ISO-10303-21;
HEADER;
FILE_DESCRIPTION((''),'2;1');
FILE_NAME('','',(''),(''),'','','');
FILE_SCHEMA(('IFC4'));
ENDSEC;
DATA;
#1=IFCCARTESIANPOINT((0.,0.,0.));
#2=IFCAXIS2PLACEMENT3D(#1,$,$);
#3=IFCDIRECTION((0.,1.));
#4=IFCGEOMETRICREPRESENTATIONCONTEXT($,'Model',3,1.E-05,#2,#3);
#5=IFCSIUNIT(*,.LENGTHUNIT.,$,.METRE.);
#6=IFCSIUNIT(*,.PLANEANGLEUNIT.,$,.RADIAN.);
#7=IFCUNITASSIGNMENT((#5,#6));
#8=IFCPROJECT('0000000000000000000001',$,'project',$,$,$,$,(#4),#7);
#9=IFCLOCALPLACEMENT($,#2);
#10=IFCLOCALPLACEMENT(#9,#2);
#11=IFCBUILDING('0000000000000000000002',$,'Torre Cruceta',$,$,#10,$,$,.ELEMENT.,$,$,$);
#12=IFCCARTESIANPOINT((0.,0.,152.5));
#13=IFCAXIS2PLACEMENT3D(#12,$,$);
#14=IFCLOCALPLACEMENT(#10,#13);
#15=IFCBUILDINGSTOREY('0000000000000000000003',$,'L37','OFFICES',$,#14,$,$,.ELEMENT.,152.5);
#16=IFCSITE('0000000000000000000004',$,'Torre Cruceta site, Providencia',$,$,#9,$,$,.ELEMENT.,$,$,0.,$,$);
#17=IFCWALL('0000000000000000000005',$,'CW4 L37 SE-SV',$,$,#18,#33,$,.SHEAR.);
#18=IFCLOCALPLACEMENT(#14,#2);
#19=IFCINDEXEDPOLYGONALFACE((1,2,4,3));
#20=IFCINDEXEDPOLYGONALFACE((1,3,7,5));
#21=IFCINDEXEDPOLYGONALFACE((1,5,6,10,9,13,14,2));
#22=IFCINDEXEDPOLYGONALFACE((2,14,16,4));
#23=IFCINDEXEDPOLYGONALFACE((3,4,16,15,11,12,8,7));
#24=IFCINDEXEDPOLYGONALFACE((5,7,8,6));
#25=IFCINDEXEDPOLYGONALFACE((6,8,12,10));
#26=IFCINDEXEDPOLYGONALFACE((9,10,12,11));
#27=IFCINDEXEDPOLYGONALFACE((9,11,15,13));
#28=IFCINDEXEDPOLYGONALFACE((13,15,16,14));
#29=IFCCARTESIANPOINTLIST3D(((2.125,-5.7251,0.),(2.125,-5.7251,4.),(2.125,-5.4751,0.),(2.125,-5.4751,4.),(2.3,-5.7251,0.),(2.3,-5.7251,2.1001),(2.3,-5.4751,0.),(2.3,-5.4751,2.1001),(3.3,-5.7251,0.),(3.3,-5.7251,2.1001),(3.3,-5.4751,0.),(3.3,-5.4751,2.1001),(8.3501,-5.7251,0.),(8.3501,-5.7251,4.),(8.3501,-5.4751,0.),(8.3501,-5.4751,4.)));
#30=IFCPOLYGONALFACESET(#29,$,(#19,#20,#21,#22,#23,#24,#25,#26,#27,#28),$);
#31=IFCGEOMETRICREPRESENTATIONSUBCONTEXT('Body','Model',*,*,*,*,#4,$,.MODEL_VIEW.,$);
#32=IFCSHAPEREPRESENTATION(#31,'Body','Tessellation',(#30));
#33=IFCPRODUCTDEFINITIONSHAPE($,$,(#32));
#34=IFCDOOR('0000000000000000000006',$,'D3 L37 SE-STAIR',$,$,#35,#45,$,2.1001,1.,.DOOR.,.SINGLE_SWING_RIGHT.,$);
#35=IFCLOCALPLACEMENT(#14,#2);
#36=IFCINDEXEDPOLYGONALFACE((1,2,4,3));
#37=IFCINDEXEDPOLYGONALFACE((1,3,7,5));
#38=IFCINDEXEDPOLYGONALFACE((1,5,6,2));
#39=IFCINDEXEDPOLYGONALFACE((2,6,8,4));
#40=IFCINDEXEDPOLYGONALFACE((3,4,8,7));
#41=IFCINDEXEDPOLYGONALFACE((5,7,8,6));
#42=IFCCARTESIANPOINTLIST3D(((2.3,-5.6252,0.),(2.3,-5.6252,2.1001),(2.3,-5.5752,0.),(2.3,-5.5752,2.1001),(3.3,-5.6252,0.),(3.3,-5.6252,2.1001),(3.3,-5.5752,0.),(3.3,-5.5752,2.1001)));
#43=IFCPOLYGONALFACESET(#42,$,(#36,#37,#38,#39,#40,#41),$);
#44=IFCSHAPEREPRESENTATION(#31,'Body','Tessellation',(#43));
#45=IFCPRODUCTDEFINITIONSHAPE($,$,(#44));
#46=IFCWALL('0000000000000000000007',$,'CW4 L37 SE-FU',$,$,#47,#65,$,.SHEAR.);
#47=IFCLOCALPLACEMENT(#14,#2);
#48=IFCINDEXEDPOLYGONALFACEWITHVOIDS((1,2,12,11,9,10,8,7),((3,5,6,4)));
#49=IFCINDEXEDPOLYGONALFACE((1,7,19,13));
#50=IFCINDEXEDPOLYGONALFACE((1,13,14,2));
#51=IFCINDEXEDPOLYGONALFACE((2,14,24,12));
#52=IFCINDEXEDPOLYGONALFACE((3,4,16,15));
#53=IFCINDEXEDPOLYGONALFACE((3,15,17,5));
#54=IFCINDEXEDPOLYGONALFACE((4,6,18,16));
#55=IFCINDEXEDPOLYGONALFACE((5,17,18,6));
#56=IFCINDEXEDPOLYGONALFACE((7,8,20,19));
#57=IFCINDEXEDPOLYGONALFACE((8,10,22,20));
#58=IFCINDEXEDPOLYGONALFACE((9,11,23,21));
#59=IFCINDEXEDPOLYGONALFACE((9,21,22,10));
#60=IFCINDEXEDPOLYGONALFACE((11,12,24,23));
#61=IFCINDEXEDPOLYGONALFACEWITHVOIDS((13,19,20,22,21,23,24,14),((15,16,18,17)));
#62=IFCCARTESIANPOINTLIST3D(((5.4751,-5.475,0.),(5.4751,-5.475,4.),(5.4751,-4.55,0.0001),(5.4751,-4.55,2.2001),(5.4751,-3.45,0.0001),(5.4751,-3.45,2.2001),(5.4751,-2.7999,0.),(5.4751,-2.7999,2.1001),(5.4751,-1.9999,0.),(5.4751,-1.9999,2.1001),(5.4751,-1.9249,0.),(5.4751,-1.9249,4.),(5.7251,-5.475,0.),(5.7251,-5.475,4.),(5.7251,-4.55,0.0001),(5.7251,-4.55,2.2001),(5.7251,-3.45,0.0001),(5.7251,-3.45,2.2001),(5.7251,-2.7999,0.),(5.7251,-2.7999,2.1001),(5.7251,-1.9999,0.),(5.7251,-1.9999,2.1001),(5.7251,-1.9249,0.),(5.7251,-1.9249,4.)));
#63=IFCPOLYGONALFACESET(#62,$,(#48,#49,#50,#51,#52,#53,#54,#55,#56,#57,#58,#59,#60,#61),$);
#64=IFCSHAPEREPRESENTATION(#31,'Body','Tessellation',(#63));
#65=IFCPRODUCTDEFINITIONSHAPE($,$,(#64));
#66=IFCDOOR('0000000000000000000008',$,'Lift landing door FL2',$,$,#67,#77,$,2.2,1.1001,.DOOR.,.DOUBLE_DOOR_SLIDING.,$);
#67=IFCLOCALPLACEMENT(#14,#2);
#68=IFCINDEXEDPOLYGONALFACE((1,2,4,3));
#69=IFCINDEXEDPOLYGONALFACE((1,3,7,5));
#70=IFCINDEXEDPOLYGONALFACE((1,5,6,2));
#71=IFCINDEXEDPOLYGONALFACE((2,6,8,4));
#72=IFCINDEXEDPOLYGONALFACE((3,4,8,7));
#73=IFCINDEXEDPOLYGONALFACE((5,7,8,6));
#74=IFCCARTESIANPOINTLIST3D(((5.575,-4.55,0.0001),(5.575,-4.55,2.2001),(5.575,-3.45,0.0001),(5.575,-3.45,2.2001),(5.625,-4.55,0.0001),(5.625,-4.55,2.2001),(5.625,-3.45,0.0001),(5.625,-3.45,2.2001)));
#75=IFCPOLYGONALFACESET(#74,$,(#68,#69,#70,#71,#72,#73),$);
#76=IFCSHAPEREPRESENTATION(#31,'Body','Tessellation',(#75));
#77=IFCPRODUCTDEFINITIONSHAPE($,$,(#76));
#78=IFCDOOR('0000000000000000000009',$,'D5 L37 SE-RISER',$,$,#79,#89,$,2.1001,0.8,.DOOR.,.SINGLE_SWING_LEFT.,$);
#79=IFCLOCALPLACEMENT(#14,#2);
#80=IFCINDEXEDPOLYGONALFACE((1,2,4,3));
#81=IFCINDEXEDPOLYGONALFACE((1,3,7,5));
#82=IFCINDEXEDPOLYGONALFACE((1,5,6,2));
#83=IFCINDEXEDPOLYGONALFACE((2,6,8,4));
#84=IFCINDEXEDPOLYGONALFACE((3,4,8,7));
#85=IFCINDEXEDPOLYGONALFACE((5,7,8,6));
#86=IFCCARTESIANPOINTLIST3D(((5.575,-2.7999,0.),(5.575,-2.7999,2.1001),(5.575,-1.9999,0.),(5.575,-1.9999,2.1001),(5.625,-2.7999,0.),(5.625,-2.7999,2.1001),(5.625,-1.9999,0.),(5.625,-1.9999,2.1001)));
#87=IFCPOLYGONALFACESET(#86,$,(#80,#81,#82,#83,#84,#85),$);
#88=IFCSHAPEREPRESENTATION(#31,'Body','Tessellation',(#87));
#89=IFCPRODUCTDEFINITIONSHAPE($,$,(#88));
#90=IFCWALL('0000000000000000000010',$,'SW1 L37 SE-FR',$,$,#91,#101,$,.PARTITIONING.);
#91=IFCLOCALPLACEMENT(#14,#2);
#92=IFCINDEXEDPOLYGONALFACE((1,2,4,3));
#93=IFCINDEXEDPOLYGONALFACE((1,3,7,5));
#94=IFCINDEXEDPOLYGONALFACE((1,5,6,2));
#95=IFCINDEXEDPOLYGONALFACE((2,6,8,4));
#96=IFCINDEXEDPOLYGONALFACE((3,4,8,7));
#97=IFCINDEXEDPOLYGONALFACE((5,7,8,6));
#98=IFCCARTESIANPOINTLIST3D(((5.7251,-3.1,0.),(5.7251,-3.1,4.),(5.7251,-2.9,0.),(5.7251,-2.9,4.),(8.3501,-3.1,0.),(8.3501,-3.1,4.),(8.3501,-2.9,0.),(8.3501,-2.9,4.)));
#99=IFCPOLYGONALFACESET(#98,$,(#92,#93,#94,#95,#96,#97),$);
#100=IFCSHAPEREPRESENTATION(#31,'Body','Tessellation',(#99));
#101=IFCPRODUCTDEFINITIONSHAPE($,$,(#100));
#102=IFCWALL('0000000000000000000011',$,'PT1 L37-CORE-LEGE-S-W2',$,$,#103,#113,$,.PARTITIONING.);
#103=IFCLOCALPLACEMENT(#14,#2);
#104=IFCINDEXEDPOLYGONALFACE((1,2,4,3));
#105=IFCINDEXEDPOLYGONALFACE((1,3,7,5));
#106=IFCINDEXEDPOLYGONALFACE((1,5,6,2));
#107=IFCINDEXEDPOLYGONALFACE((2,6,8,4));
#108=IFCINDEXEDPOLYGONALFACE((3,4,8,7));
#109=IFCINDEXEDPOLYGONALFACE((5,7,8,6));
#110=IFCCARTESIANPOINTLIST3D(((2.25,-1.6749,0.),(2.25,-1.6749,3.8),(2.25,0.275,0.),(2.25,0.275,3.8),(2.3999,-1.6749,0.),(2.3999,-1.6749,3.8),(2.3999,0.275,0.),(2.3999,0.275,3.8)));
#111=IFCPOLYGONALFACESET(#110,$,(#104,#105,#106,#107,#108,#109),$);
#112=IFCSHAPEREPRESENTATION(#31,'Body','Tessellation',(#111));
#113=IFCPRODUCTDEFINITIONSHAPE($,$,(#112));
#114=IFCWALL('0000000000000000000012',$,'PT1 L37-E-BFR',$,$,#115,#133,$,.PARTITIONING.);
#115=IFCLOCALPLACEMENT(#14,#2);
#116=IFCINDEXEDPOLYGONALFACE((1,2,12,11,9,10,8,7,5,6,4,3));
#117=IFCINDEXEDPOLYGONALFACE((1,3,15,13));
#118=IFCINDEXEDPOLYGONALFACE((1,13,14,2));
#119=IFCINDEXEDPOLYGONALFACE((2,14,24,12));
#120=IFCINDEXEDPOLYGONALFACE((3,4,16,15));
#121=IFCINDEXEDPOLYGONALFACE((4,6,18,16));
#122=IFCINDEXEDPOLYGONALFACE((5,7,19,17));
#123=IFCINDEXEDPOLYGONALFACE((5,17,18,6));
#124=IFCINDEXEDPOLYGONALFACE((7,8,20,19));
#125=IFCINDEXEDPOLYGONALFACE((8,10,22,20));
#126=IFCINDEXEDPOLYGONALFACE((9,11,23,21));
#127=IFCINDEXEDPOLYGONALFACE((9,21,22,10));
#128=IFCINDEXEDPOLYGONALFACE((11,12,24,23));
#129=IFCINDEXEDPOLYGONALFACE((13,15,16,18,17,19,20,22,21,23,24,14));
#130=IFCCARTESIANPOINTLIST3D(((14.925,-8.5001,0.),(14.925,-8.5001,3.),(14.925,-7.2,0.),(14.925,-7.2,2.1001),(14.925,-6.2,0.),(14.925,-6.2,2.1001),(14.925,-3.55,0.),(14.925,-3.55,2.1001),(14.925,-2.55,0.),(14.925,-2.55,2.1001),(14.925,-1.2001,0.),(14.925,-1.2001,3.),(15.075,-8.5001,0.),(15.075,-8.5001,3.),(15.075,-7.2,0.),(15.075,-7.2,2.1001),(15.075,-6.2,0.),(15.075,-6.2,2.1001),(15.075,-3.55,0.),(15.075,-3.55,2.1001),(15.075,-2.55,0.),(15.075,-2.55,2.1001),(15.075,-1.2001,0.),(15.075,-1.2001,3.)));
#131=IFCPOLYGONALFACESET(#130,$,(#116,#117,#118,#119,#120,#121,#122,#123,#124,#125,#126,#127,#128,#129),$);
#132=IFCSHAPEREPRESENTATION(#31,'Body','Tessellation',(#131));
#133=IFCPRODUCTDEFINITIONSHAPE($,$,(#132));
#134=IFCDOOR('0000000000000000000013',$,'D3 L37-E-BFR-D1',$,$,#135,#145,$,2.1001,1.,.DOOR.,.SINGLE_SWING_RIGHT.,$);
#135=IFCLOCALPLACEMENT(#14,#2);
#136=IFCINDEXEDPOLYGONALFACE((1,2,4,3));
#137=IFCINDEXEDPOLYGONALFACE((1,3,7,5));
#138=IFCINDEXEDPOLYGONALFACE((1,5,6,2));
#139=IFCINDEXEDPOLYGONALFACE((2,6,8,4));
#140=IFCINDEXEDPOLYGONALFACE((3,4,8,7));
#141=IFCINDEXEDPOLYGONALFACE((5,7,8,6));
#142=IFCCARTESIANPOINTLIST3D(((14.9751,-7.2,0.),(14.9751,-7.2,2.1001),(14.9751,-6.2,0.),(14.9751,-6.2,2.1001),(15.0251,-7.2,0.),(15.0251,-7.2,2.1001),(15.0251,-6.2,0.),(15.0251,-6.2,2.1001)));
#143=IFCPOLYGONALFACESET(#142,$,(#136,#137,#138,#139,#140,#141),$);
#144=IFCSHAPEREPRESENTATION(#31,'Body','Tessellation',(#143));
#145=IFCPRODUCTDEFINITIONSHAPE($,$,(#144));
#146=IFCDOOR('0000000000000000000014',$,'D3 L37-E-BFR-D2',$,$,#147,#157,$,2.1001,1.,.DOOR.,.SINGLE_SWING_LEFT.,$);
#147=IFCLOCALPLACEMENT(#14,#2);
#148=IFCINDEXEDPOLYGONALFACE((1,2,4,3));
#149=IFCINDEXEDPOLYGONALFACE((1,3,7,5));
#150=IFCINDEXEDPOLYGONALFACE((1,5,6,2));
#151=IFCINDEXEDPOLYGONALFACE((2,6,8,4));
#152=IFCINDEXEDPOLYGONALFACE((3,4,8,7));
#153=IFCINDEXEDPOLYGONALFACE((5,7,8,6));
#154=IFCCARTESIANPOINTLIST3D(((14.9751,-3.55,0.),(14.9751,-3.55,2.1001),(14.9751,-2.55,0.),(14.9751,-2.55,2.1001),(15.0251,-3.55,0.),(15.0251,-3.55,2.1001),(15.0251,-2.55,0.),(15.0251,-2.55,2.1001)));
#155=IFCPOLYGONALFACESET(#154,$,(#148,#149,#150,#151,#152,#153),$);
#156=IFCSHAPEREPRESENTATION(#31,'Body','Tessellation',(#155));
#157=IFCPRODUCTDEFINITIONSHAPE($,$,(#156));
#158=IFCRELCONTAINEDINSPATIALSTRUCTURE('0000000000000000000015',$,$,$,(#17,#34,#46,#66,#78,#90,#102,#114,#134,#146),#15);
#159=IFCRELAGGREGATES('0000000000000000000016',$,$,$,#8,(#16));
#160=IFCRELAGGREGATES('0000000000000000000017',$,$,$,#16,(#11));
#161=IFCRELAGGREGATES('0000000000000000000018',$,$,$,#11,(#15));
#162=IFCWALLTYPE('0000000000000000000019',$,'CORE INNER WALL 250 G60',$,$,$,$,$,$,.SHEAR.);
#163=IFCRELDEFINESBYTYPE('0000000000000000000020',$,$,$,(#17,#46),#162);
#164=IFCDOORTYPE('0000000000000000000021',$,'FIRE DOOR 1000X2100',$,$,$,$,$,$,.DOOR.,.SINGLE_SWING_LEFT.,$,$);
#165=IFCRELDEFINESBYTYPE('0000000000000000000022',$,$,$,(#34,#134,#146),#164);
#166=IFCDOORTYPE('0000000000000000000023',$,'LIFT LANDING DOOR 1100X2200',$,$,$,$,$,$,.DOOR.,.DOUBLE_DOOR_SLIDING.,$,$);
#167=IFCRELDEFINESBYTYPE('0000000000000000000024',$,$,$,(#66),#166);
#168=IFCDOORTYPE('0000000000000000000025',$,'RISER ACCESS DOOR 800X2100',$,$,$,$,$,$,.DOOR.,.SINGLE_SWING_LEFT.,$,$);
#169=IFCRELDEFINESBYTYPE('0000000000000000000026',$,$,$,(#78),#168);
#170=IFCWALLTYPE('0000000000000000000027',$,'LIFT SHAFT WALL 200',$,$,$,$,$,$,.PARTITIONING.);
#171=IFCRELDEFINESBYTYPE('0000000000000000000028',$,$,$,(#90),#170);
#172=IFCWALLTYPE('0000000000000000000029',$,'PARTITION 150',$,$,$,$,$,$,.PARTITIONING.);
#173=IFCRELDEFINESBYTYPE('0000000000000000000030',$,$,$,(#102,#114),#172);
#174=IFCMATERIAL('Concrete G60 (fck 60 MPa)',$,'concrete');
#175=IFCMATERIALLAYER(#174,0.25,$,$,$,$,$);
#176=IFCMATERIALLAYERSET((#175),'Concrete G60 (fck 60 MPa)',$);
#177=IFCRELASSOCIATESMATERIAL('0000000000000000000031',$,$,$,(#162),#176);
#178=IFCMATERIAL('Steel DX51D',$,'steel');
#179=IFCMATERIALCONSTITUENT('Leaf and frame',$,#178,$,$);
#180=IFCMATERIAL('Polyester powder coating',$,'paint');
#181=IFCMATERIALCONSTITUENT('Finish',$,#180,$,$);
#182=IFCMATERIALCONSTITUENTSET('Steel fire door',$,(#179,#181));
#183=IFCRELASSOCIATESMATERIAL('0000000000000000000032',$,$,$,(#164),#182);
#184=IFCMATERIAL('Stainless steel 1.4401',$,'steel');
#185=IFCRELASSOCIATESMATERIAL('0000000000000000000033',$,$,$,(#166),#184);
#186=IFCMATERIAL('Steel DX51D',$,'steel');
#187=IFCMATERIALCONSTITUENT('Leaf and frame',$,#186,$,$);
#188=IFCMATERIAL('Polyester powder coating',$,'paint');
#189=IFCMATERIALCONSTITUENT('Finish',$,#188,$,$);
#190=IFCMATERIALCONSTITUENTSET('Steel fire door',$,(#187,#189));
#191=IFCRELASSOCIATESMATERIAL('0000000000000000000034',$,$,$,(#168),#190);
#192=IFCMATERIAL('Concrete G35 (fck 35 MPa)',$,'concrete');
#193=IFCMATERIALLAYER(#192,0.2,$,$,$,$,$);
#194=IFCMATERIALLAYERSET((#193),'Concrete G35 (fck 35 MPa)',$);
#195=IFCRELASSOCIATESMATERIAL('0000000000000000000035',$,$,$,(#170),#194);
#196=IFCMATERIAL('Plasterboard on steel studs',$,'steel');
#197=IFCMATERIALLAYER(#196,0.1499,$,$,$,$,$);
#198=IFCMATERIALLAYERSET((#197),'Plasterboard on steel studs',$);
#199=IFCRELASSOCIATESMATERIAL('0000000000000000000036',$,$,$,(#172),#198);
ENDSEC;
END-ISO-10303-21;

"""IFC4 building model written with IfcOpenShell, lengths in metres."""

from ifc_helpers import new_model, si_unit, direction, frame, frame_2d, origin, place, context, subcontext, project, spatial, rectangle, extrude, material, layer, layer_set, constituent, constituent_set, type_object, element, fill, save


model = new_model("IFC4")

# Units and contexts
model_context = context("Model", 3, precision=1e-05, world=origin(), true_north=direction((0.0, 1.0)))
body_context = subcontext(model_context, "Body", "Model", "MODEL_VIEW")
ifc_project = project(units=[si_unit("LENGTHUNIT", "METRE"), si_unit("PLANEANGLEUNIT", "RADIAN")], contexts=[model_context])

# Site, building, storey
site_placement = place(None, origin())
site = spatial("IfcSite", under=ifc_project, at=site_placement, Name="Torre Cruceta site, Providencia", CompositionType="ELEMENT", RefElevation=0.0)
building_placement = place(site_placement, origin())
building = spatial("IfcBuilding", under=site, at=building_placement, Name="Torre Cruceta", CompositionType="ELEMENT")
storey_placement = place(building_placement, frame((0.0, 0.0, 152.5)))
storey = spatial("IfcBuildingStorey", under=building, at=storey_placement, Name="L37", Description="OFFICES", CompositionType="ELEMENT", Elevation=152.5)

# Shared definitions
ifc_material_1 = material(Name="Concrete G60 (fck 60 MPa)", Category="concrete")
ifc_layer_1 = layer(ifc_material_1, 0.25)
ifc_layer_set_1 = layer_set([ifc_layer_1], Name="Concrete G60 (fck 60 MPa)")
wall_type_1 = type_object("IfcWallType", Name="CORE INNER WALL 250 G60", PredefinedType="SHEAR", material=ifc_layer_set_1)
ifc_material_2 = material(Name="Steel DX51D", Category="steel")
ifc_constituent_1 = constituent(ifc_material_2, Name="Leaf and frame")
ifc_material_3 = material(Name="Polyester powder coating", Category="paint")
ifc_constituent_2 = constituent(ifc_material_3, Name="Finish")
ifc_constituent_set_1 = constituent_set(constituents=[ifc_constituent_1, ifc_constituent_2], Name="Steel fire door")
door_type_1 = type_object("IfcDoorType", Name="FIRE DOOR 1000X2100", OperationType="SINGLE_SWING_LEFT", PredefinedType="DOOR", material=ifc_constituent_set_1)

# Wall, opening, door
wall_1_placement = place(storey_placement, frame((2.125, -5.6001, 0.0), z_axis=(0.0, 0.0, 1.0), x_axis=(1.0, 0.0, 0.0)))
wall_1 = element("IfcWall", 1, at=wall_1_placement, inside=storey, type_object=wall_type_1, Name="CW4 L37 SE-SV", PredefinedType="SHEAR", context=body_context, shape_type="SweptSolid", body=[
    extrude(rectangle(XDim=6.2251, YDim=0.25, at=frame_2d((3.1125, 0.0))), origin(), (0.0, 0.0, 1.0), 4.0),
])
opening_1_placement = place(wall_1_placement, frame((0.175, 0.0, 0.0)))
opening_1 = element("IfcOpeningElement", 2, at=opening_1_placement, cuts=wall_1, PredefinedType="OPENING", context=body_context, shape_type="SweptSolid", body=[
    extrude(rectangle(XDim=1.0, YDim=2.1001, at=frame_2d((0.5, 1.05))), frame((0.0, 0.135, 0.0), z_axis=(0.0, -1.0, 0.0), x_axis=(1.0, 0.0, 0.0)), (0.0, 0.0, 1.0), 0.27),
])
door_1_placement = place(opening_1_placement, frame((1.0, 0.0, 0.0), z_axis=(0.0, 0.0, 1.0), x_axis=(-1.0, 0.0, 0.0)))
door_1 = element("IfcDoor", 3, at=door_1_placement, inside=storey, type_object=door_type_1, Name="D3 L37 SE-STAIR", OperationType="SINGLE_SWING_RIGHT", OverallHeight=2.1001, OverallWidth=1.0, PredefinedType="DOOR", context=body_context, shape_type="SweptSolid", body=[
    extrude(rectangle(XDim=1.0, YDim=2.1001, at=frame_2d((0.5, 1.05))), frame((0.0, 0.0251, 0.0), z_axis=(0.0, -1.0, 0.0), x_axis=(1.0, 0.0, 0.0)), (0.0, 0.0, 1.0), 0.05),
])
fill(opening_1, door_1)

# Wall, openings, doors
wall_2_placement = place(storey_placement, frame((5.6001, -1.925, 0.0), z_axis=(0.0, 0.0, 1.0), x_axis=(0.0, -1.0, 0.0)))
wall_2 = element("IfcWall", 4, at=wall_2_placement, inside=storey, type_object=wall_type_1, Name="CW4 L37 SE-FU", PredefinedType="SHEAR", context=body_context, shape_type="SweptSolid", body=[
    extrude(rectangle(XDim=3.55, YDim=0.25, at=frame_2d((1.7749, 0.0))), origin(), (0.0, 0.0, 1.0), 4.0),
])
opening_2_placement = place(wall_2_placement, frame((1.5249, 0.0, 0.0)))
opening_2 = element("IfcOpeningElement", 5, at=opening_2_placement, cuts=wall_2, PredefinedType="OPENING", context=body_context, shape_type="SweptSolid", body=[
    extrude(rectangle(XDim=1.1001, YDim=2.2, at=frame_2d((0.55, 1.1001))), frame((0.0, 0.135, 0.0), z_axis=(0.0, -1.0, 0.0), x_axis=(1.0, 0.0, 0.0)), (0.0, 0.0, 1.0), 0.27),
])
opening_3_placement = place(wall_2_placement, frame((0.075, 0.0, 0.0)))
opening_3 = element("IfcOpeningElement", 6, at=opening_3_placement, cuts=wall_2, PredefinedType="OPENING", context=body_context, shape_type="SweptSolid", body=[
    extrude(rectangle(XDim=0.8, YDim=2.1001, at=frame_2d((0.3999, 1.05))), frame((0.0, 0.135, 0.0), z_axis=(0.0, -1.0, 0.0), x_axis=(1.0, 0.0, 0.0)), (0.0, 0.0, 1.0), 0.27),
])
ifc_material_4 = material(Name="Stainless steel 1.4401", Category="steel")
door_type_2 = type_object("IfcDoorType", Name="LIFT LANDING DOOR 1100X2200", OperationType="DOUBLE_DOOR_SLIDING", PredefinedType="DOOR", material=ifc_material_4)
door_2_placement = place(opening_2_placement, origin())
door_2 = element("IfcDoor", 7, at=door_2_placement, inside=storey, type_object=door_type_2, Name="Lift landing door FL2", OperationType="DOUBLE_DOOR_SLIDING", OverallHeight=2.2, OverallWidth=1.1001, PredefinedType="DOOR", context=body_context, shape_type="SweptSolid", body=[
    extrude(rectangle(XDim=1.1001, YDim=2.2, at=frame_2d((0.55, 1.1001))), frame((0.0, 0.0249, 0.0), z_axis=(0.0, -1.0, 0.0), x_axis=(1.0, 0.0, 0.0)), (0.0, 0.0, 1.0), 0.05),
])
fill(opening_2, door_2)
ifc_material_5 = material(Name="Steel DX51D", Category="steel")
ifc_constituent_3 = constituent(ifc_material_5, Name="Leaf and frame")
ifc_material_6 = material(Name="Polyester powder coating", Category="paint")
ifc_constituent_4 = constituent(ifc_material_6, Name="Finish")
ifc_constituent_set_2 = constituent_set(constituents=[ifc_constituent_3, ifc_constituent_4], Name="Steel fire door")
door_type_3 = type_object("IfcDoorType", Name="RISER ACCESS DOOR 800X2100", OperationType="SINGLE_SWING_LEFT", PredefinedType="DOOR", material=ifc_constituent_set_2)
door_3_placement = place(opening_3_placement, origin())
door_3 = element("IfcDoor", 8, at=door_3_placement, inside=storey, type_object=door_type_3, Name="D5 L37 SE-RISER", OperationType="SINGLE_SWING_LEFT", OverallHeight=2.1001, OverallWidth=0.8, PredefinedType="DOOR", context=body_context, shape_type="SweptSolid", body=[
    extrude(rectangle(XDim=0.8, YDim=2.1001, at=frame_2d((0.3999, 1.05))), frame((0.0, 0.0249, 0.0), z_axis=(0.0, -1.0, 0.0), x_axis=(1.0, 0.0, 0.0)), (0.0, 0.0, 1.0), 0.05),
])
fill(opening_3, door_3)

# Walls
ifc_material_7 = material(Name="Concrete G35 (fck 35 MPa)", Category="concrete")
ifc_layer_2 = layer(ifc_material_7, 0.2)
ifc_layer_set_2 = layer_set([ifc_layer_2], Name="Concrete G35 (fck 35 MPa)")
wall_type_2 = type_object("IfcWallType", Name="LIFT SHAFT WALL 200", PredefinedType="PARTITIONING", material=ifc_layer_set_2)
wall_3_placement = place(storey_placement, frame((5.7251, -3.0, 0.0), z_axis=(0.0, 0.0, 1.0), x_axis=(1.0, 0.0, 0.0)))
element("IfcWall", 9, at=wall_3_placement, inside=storey, type_object=wall_type_2, Name="SW1 L37 SE-FR", PredefinedType="PARTITIONING", context=body_context, shape_type="SweptSolid", body=[
    extrude(rectangle(XDim=2.625, YDim=0.2, at=frame_2d((1.3125, 0.0))), origin(), (0.0, 0.0, 1.0), 4.0),
])
ifc_material_8 = material(Name="Plasterboard on steel studs", Category="steel")
ifc_layer_3 = layer(ifc_material_8, 0.1499)
ifc_layer_set_3 = layer_set([ifc_layer_3], Name="Plasterboard on steel studs")
wall_type_3 = type_object("IfcWallType", Name="PARTITION 150", PredefinedType="PARTITIONING", material=ifc_layer_set_3)
wall_4_placement = place(storey_placement, frame((2.325, -1.675, 0.0), z_axis=(0.0, 0.0, 1.0), x_axis=(0.0, 1.0, 0.0)))
element("IfcWall", 10, at=wall_4_placement, inside=storey, type_object=wall_type_3, Name="PT1 L37-CORE-LEGE-S-W2", PredefinedType="PARTITIONING", context=body_context, shape_type="SweptSolid", body=[
    extrude(rectangle(XDim=1.95, YDim=0.1499, at=frame_2d((0.9751, 0.0))), origin(), (0.0, 0.0, 1.0), 3.8),
])

# Wall, openings, doors
wall_5_placement = place(storey_placement, frame((15.0, -8.5, 0.0), z_axis=(0.0, 0.0, 1.0), x_axis=(0.0, 1.0, 0.0)))
wall_5 = element("IfcWall", 11, at=wall_5_placement, inside=storey, type_object=wall_type_3, Name="PT1 L37-E-BFR", PredefinedType="PARTITIONING", context=body_context, shape_type="SweptSolid", body=[
    extrude(rectangle(XDim=7.3, YDim=0.1499, at=frame_2d((3.6499, 0.0))), origin(), (0.0, 0.0, 1.0), 3.0),
])
opening_4_placement = place(wall_5_placement, frame((1.3, 0.0, 0.0)))
opening_4 = element("IfcOpeningElement", 12, at=opening_4_placement, cuts=wall_5, PredefinedType="OPENING", context=body_context, shape_type="SweptSolid", body=[
    extrude(rectangle(XDim=1.0, YDim=2.1001, at=frame_2d((0.5, 1.05))), frame((0.0, 0.085, 0.0), z_axis=(0.0, -1.0, 0.0), x_axis=(1.0, 0.0, 0.0)), (0.0, 0.0, 1.0), 0.1699),
])
opening_5_placement = place(wall_5_placement, frame((4.95, 0.0, 0.0)))
opening_5 = element("IfcOpeningElement", 13, at=opening_5_placement, cuts=wall_5, PredefinedType="OPENING", context=body_context, shape_type="SweptSolid", body=[
    extrude(rectangle(XDim=1.0, YDim=2.1001, at=frame_2d((0.5, 1.05))), frame((0.0, 0.085, 0.0), z_axis=(0.0, -1.0, 0.0), x_axis=(1.0, 0.0, 0.0)), (0.0, 0.0, 1.0), 0.1699),
])
door_4_placement = place(opening_4_placement, origin())
door_4 = element("IfcDoor", 14, at=door_4_placement, inside=storey, type_object=door_type_1, Name="D3 L37-E-BFR-D1", OperationType="SINGLE_SWING_RIGHT", OverallHeight=2.1001, OverallWidth=1.0, PredefinedType="DOOR", context=body_context, shape_type="SweptSolid", body=[
    extrude(rectangle(XDim=1.0, YDim=2.1001, at=frame_2d((0.5, 1.05))), frame((0.0, 0.0249, 0.0), z_axis=(0.0, -1.0, 0.0), x_axis=(1.0, 0.0, 0.0)), (0.0, 0.0, 1.0), 0.05),
])
fill(opening_4, door_4)
door_5_placement = place(opening_5_placement, origin())
door_5 = element("IfcDoor", 15, at=door_5_placement, inside=storey, type_object=door_type_1, Name="D3 L37-E-BFR-D2", OperationType="SINGLE_SWING_LEFT", OverallHeight=2.1001, OverallWidth=1.0, PredefinedType="DOOR", context=body_context, shape_type="SweptSolid", body=[
    extrude(rectangle(XDim=1.0, YDim=2.1001, at=frame_2d((0.5, 1.05))), frame((0.0, 0.0249, 0.0), z_axis=(0.0, -1.0, 0.0), x_axis=(1.0, 0.0, 0.0)), (0.0, 0.0, 1.0), 0.05),
])
fill(opening_5, door_5)

save(model, "model.ifc")
